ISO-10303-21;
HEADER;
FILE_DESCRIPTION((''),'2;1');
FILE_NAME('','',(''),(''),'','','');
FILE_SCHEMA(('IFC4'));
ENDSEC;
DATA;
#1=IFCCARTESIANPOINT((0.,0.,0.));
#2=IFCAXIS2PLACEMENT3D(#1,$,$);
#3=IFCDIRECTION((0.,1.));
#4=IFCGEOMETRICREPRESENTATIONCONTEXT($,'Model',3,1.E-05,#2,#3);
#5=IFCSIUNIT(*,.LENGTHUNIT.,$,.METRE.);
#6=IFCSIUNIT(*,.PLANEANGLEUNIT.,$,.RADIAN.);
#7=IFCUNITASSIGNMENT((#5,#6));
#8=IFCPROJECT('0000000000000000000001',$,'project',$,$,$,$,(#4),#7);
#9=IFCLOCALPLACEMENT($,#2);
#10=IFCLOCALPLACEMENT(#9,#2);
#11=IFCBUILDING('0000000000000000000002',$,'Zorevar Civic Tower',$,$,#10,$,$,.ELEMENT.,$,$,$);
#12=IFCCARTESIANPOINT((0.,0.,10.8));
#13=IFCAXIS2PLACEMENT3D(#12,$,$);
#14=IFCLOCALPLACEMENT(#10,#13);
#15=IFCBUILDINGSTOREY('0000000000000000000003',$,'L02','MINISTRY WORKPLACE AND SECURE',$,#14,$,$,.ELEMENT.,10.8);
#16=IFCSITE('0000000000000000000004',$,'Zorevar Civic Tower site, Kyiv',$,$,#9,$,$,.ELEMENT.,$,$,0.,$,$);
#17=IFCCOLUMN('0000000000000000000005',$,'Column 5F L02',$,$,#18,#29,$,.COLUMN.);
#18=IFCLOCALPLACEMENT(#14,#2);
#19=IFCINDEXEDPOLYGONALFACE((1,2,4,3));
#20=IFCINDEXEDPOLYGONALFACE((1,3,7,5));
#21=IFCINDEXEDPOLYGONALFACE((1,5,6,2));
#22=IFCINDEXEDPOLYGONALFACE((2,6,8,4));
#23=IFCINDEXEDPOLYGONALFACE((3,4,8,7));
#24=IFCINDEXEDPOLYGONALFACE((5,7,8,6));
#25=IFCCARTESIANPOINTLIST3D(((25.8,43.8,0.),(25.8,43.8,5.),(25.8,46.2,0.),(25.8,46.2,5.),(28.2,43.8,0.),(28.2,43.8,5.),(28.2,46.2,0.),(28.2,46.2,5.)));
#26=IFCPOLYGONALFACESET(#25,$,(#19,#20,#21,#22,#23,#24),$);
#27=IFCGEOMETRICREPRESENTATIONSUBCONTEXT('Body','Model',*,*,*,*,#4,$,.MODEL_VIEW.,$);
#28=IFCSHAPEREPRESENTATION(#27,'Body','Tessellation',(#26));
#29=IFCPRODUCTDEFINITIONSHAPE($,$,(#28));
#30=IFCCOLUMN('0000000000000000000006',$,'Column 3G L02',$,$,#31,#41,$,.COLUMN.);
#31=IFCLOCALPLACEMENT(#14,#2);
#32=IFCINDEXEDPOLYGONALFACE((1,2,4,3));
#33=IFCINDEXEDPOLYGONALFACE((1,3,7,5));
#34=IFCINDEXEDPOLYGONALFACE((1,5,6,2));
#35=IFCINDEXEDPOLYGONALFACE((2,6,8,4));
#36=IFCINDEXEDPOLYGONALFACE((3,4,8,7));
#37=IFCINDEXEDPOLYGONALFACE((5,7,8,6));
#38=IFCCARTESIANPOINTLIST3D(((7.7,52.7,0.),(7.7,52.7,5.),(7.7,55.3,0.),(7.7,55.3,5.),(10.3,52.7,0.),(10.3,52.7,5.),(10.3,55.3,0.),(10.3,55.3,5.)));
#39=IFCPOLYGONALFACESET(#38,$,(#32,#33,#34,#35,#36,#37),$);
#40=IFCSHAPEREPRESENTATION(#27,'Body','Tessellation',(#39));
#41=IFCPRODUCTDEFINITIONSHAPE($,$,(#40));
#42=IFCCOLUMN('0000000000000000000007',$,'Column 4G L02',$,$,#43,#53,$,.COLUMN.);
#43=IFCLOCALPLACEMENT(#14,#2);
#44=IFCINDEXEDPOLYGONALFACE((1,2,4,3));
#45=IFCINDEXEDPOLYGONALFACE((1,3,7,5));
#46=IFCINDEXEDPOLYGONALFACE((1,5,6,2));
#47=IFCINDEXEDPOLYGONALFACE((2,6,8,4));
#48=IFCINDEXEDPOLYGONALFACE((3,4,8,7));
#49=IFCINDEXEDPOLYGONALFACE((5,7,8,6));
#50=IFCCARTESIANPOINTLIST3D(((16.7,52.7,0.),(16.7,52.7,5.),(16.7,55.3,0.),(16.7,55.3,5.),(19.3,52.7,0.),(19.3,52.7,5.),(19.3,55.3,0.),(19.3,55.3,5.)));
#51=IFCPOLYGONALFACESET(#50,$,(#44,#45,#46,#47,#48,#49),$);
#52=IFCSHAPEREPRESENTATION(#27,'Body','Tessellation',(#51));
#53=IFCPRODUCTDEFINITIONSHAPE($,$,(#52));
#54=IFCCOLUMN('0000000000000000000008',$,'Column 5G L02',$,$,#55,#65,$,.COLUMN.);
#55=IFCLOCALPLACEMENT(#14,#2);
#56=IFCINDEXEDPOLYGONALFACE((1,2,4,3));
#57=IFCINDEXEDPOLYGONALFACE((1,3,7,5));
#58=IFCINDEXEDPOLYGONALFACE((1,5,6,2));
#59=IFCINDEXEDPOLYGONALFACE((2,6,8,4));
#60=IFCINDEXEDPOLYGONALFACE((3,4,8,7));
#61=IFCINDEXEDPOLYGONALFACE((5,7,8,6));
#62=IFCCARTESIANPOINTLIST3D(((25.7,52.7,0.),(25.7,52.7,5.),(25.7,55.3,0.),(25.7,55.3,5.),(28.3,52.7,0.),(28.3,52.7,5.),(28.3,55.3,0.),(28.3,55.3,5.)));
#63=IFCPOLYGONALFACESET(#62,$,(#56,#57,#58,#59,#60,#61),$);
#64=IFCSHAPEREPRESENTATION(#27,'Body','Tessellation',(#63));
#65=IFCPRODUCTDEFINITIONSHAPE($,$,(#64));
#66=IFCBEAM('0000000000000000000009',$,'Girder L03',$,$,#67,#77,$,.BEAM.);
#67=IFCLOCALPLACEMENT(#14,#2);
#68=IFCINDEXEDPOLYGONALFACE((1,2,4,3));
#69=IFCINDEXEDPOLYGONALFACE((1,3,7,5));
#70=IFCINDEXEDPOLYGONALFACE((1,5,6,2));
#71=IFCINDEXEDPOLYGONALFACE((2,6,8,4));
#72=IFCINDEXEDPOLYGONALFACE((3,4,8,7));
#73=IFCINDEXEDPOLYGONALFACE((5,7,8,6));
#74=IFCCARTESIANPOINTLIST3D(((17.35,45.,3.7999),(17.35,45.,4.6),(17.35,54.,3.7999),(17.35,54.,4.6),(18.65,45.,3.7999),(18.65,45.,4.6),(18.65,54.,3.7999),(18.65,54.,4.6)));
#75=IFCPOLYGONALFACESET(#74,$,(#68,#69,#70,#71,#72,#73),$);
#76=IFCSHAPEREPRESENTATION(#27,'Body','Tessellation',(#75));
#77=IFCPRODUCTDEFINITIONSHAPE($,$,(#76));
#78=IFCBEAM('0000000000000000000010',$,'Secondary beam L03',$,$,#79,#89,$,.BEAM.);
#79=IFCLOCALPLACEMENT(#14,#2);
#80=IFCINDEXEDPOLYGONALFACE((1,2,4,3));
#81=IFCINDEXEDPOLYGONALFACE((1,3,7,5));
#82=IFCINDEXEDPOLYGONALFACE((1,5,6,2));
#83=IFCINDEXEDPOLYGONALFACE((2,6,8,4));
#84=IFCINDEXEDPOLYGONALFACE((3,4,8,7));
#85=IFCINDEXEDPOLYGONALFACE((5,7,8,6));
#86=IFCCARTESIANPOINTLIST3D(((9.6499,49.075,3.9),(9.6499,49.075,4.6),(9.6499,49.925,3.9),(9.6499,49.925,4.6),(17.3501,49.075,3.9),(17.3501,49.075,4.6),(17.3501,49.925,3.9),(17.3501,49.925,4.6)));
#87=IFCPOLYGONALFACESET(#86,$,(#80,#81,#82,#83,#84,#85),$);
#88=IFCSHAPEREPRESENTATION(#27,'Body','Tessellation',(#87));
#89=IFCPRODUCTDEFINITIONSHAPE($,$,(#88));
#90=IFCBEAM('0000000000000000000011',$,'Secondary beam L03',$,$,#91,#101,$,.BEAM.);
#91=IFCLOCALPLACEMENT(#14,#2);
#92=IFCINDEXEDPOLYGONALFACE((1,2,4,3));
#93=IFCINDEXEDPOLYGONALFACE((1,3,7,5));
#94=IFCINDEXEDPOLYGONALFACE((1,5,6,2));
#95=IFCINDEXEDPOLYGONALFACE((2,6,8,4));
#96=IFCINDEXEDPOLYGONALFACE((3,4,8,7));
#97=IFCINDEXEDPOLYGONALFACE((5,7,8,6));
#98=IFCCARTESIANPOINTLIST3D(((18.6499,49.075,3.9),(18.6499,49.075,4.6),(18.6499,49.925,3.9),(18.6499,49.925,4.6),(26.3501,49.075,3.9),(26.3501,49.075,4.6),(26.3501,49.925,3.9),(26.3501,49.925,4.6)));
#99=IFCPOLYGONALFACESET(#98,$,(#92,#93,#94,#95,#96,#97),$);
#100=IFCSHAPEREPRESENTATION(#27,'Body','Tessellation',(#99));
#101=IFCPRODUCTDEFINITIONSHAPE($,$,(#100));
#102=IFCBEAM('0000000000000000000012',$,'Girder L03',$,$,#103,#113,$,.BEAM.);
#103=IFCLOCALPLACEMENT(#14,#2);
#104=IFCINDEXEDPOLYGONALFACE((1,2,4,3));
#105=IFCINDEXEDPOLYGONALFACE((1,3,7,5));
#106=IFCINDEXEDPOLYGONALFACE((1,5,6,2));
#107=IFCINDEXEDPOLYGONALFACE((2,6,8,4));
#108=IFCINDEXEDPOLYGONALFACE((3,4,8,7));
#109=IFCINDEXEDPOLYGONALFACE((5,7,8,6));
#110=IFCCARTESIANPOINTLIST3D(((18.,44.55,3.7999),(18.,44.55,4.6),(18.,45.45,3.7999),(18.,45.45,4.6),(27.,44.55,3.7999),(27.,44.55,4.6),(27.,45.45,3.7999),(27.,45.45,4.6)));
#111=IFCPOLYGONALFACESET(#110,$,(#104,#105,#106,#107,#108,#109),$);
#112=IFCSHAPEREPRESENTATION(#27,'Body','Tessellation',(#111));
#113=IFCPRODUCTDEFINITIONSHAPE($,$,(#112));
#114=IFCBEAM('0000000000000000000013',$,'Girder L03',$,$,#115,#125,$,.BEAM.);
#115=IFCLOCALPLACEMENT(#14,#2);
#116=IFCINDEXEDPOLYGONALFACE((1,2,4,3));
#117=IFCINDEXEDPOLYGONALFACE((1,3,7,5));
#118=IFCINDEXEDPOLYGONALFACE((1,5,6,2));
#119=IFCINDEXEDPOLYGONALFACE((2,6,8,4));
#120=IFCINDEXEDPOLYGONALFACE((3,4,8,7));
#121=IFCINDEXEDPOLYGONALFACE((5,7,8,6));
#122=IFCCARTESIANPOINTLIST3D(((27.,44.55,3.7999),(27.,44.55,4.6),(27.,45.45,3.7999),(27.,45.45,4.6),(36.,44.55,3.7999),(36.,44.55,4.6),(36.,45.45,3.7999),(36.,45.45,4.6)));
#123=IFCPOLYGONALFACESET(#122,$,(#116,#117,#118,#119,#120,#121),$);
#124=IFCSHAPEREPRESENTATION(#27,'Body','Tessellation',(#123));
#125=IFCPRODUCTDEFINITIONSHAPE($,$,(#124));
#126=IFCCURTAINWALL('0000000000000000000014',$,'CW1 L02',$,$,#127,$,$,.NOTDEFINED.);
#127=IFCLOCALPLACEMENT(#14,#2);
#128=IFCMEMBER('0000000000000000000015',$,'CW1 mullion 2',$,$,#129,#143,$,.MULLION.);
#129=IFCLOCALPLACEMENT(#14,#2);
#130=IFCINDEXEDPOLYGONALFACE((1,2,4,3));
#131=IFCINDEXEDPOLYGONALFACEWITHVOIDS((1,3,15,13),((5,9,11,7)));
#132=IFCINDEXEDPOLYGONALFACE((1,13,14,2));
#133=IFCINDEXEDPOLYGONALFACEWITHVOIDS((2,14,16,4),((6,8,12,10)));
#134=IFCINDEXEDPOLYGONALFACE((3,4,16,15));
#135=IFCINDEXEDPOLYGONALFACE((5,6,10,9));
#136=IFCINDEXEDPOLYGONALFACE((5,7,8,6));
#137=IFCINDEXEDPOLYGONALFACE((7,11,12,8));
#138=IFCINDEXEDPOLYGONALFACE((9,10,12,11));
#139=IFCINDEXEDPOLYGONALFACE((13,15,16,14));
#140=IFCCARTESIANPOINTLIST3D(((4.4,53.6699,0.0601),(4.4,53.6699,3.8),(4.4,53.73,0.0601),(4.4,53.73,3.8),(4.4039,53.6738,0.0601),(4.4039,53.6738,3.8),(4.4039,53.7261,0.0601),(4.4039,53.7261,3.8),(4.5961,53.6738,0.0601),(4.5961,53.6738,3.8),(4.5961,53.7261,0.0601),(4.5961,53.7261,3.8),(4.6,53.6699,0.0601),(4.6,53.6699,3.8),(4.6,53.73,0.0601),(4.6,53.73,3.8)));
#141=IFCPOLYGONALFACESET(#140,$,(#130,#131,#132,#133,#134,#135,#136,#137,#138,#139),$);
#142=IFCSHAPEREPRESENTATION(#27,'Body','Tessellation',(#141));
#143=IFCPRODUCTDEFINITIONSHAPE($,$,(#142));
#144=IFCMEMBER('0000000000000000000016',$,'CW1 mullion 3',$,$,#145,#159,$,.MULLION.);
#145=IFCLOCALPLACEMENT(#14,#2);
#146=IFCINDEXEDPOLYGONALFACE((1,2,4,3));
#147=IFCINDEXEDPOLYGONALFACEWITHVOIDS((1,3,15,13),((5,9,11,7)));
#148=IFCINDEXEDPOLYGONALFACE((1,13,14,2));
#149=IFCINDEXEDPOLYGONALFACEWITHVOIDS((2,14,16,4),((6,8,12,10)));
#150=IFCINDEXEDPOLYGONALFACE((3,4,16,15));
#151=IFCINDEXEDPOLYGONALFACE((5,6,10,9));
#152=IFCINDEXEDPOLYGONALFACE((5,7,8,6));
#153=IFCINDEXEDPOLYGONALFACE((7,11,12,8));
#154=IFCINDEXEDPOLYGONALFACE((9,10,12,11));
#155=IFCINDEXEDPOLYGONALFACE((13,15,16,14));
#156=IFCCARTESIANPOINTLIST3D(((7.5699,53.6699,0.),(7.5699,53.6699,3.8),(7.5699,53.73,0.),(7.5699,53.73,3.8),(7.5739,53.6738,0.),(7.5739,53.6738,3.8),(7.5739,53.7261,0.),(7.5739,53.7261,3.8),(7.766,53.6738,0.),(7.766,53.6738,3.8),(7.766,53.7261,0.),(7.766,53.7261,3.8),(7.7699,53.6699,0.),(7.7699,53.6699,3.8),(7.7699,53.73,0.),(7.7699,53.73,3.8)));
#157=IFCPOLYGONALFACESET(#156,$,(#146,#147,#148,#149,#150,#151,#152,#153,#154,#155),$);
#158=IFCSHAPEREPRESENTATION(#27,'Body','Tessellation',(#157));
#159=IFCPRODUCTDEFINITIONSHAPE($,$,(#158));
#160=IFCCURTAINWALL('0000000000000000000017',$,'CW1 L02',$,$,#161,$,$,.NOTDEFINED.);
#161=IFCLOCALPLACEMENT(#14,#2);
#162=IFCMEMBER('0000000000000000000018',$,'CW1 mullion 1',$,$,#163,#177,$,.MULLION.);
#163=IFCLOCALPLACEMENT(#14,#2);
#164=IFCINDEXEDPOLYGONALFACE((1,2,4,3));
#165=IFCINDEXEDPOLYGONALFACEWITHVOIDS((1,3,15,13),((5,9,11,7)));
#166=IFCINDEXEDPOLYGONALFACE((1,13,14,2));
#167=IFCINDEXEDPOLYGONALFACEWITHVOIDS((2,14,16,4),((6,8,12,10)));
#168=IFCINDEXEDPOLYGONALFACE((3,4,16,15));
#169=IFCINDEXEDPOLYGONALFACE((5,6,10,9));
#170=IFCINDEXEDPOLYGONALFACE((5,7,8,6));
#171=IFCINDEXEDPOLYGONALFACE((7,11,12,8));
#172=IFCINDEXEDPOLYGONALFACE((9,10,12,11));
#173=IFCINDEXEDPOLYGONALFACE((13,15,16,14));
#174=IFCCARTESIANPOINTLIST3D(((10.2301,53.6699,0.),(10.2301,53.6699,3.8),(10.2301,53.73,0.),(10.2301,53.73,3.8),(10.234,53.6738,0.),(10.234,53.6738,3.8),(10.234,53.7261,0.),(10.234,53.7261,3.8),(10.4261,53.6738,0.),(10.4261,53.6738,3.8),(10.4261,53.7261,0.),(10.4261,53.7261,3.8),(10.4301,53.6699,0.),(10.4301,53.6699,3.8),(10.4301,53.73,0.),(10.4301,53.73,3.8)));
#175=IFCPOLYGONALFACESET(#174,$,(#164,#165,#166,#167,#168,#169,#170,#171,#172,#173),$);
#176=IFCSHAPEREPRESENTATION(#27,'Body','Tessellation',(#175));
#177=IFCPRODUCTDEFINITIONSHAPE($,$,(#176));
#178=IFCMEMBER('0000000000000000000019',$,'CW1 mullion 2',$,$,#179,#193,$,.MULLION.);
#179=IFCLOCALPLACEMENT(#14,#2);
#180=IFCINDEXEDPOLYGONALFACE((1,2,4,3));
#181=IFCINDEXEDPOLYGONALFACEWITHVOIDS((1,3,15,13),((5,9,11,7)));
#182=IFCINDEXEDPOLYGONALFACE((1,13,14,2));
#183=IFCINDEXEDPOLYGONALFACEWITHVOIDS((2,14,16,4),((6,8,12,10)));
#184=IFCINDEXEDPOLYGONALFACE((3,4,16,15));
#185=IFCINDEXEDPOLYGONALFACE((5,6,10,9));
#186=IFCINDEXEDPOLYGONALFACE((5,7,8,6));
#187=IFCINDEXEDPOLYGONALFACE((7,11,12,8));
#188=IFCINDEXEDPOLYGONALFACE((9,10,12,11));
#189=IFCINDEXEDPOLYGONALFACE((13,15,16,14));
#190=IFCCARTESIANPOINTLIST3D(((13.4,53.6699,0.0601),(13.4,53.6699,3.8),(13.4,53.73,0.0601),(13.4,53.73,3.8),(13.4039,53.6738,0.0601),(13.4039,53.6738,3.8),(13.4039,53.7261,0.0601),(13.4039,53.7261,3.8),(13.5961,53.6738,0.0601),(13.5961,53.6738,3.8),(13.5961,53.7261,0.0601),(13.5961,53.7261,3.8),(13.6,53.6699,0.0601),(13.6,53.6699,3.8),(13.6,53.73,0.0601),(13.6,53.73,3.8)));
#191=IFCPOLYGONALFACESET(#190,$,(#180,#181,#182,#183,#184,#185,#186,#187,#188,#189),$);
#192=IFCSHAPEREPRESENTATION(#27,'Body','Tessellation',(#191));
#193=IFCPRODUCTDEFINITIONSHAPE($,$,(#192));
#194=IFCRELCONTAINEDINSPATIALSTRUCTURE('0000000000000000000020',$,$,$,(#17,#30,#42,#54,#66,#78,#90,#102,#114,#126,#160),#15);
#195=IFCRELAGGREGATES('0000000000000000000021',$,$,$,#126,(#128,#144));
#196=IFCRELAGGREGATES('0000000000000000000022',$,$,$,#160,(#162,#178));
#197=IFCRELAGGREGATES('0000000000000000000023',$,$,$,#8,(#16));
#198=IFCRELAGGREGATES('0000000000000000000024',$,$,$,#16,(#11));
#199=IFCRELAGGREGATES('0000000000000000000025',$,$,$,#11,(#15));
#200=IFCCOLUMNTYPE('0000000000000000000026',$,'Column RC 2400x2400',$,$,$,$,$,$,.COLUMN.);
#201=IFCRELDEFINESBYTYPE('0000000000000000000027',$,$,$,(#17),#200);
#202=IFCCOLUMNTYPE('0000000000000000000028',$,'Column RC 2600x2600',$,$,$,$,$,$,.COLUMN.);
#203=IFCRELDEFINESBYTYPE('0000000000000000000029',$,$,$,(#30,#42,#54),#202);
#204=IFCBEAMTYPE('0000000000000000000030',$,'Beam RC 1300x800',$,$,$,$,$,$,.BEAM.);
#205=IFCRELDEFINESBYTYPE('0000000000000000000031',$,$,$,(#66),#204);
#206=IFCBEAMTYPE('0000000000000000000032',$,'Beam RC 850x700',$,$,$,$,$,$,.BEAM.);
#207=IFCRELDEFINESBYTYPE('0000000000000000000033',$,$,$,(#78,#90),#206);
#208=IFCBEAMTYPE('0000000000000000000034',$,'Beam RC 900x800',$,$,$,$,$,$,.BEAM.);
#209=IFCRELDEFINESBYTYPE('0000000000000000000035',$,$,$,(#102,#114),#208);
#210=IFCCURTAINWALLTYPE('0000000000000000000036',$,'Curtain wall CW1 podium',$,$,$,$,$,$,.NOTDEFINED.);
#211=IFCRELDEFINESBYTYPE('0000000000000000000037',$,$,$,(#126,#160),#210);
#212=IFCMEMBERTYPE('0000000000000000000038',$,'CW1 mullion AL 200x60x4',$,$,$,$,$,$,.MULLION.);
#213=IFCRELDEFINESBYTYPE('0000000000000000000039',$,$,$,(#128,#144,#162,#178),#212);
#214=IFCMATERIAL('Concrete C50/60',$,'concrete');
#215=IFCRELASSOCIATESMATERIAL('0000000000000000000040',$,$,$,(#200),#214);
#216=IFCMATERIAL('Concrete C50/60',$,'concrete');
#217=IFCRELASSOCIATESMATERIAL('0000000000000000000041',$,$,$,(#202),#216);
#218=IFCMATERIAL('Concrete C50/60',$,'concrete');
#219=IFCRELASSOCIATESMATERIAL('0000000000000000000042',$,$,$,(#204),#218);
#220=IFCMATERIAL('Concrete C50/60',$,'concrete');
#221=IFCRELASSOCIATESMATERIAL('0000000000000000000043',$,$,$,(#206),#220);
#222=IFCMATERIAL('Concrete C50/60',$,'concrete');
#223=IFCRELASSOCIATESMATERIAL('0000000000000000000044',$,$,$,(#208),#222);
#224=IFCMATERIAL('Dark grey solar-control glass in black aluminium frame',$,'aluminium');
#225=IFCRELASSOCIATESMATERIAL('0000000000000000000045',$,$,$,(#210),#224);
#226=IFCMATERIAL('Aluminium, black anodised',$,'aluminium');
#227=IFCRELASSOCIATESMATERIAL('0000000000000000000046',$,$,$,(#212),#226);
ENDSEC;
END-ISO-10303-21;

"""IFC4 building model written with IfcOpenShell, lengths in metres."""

from ifc_helpers import new_model, si_unit, direction, frame, origin, origin_2d, place, context, subcontext, project, spatial, rectangle, hollow_rectangle, extrude, material, material_profile, profile_set, type_object, element, aggregate, save


model = new_model("IFC4")

# Units and contexts
model_context = context("Model", 3, precision=1e-05, world=origin(), true_north=direction((0.0, 1.0)))
body_context = subcontext(model_context, "Body", "Model", "MODEL_VIEW")
ifc_project = project(units=[si_unit("LENGTHUNIT", "METRE"), si_unit("PLANEANGLEUNIT", "RADIAN")], contexts=[model_context])

# Site, building, storey
site_placement = place(None, origin())
site = spatial("IfcSite", under=ifc_project, at=site_placement, Name="Zorevar Civic Tower site, Kyiv", CompositionType="ELEMENT", RefElevation=0.0)
building_placement = place(site_placement, origin())
building = spatial("IfcBuilding", under=site, at=building_placement, Name="Zorevar Civic Tower", CompositionType="ELEMENT")
storey_placement = place(building_placement, frame((0.0, 0.0, 10.8)))
storey = spatial("IfcBuildingStorey", under=building, at=storey_placement, Name="L02", Description="MINISTRY WORKPLACE AND SECURE", CompositionType="ELEMENT", Elevation=10.8)

# Columns
ifc_material_1 = material(Name="Concrete C50/60", Category="concrete")
ifc_material_profile_1 = material_profile(ifc_material_1, rectangle(XDim=2.3999, YDim=2.3999, at=origin_2d()), Name="RC 2400x2400")
ifc_profile_set_1 = profile_set([ifc_material_profile_1], Name="Concrete C50/60")
column_type_1 = type_object("IfcColumnType", Name="Column RC 2400x2400", PredefinedType="COLUMN", material=ifc_profile_set_1)
column_placement = place(storey_placement, frame((27.0, 45.0, 0.0), z_axis=(0.0, 0.0, 1.0), x_axis=(1.0, 0.0, 0.0)))
element("IfcColumn", 1, at=column_placement, inside=storey, type_object=column_type_1, Name="Column 5F L02", PredefinedType="COLUMN", context=body_context, shape_type="SweptSolid", body=[
    extrude(rectangle(XDim=2.3999, YDim=2.3999, at=origin_2d()), origin(), (0.0, 0.0, 1.0), 5.0),
])
ifc_material_2 = material(Name="Concrete C50/60", Category="concrete")
ifc_material_profile_2 = material_profile(ifc_material_2, rectangle(XDim=2.6001, YDim=2.6001, at=origin_2d()), Name="RC 2600x2600")
ifc_profile_set_2 = profile_set([ifc_material_profile_2], Name="Concrete C50/60")
column_type_2 = type_object("IfcColumnType", Name="Column RC 2600x2600", PredefinedType="COLUMN", material=ifc_profile_set_2)
for number, where, z_axis, x_axis, name in (
    (2, (9.0, 54.0, 0.0), (0.0, 0.0, 1.0), (1.0, 0.0, 0.0), "Column 3G L02"),
    (3, (18.0, 54.0, 0.0), (0.0, 0.0, 1.0), (1.0, 0.0, 0.0), "Column 4G L02"),
    (4, (27.0, 54.0, 0.0), (0.0, 0.0, 1.0), (1.0, 0.0, 0.0), "Column 5G L02"),
):
    element("IfcColumn", number, at=place(storey_placement, frame(where, z_axis=z_axis, x_axis=x_axis)), inside=storey, type_object=column_type_2, Name=name, PredefinedType="COLUMN", context=body_context, shape_type="SweptSolid", body=[
        extrude(rectangle(XDim=2.6001, YDim=2.6001, at=origin_2d()), origin(), (0.0, 0.0, 1.0), 5.0),
    ])

# Beams
ifc_material_3 = material(Name="Concrete C50/60", Category="concrete")
ifc_material_profile_3 = material_profile(ifc_material_3, rectangle(XDim=1.3, YDim=0.8, at=origin_2d()), Name="RC 1300x800")
ifc_profile_set_3 = profile_set([ifc_material_profile_3], Name="Concrete C50/60")
beam_type_1 = type_object("IfcBeamType", Name="Beam RC 1300x800", PredefinedType="BEAM", material=ifc_profile_set_3)
beam_placement = place(storey_placement, frame((18.0, 45.0, 4.2), z_axis=(0.0, 1.0, 0.0), x_axis=(-1.0, 0.0, 0.0)))
element("IfcBeam", 5, at=beam_placement, inside=storey, type_object=beam_type_1, Name="Girder L03", PredefinedType="BEAM", context=body_context, shape_type="SweptSolid", body=[
    extrude(rectangle(XDim=1.3, YDim=0.8, at=origin_2d()), origin(), (0.0, 0.0, 1.0), 9.0),
])
ifc_material_4 = material(Name="Concrete C50/60", Category="concrete")
ifc_material_profile_4 = material_profile(ifc_material_4, rectangle(XDim=0.8501, YDim=0.7, at=origin_2d()), Name="RC 850x700")
ifc_profile_set_4 = profile_set([ifc_material_profile_4], Name="Concrete C50/60")
beam_type_2 = type_object("IfcBeamType", Name="Beam RC 850x700", PredefinedType="BEAM", material=ifc_profile_set_4)
for number, where, z_axis, x_axis, name in (
    (6, (9.6499, 49.5, 4.25), (1.0, 0.0, 0.0), (0.0, 1.0, 0.0), "Secondary beam L03"),
    (7, (18.6499, 49.5, 4.25), (1.0, 0.0, 0.0), (0.0, 1.0, 0.0), "Secondary beam L03"),
):
    element("IfcBeam", number, at=place(storey_placement, frame(where, z_axis=z_axis, x_axis=x_axis)), inside=storey, type_object=beam_type_2, Name=name, PredefinedType="BEAM", context=body_context, shape_type="SweptSolid", body=[
        extrude(rectangle(XDim=0.8501, YDim=0.7, at=origin_2d()), origin(), (0.0, 0.0, 1.0), 7.7002),
    ])
ifc_material_5 = material(Name="Concrete C50/60", Category="concrete")
ifc_material_profile_5 = material_profile(ifc_material_5, rectangle(XDim=0.8999, YDim=0.8, at=origin_2d()), Name="RC 900x800")
ifc_profile_set_5 = profile_set([ifc_material_profile_5], Name="Concrete C50/60")
beam_type_3 = type_object("IfcBeamType", Name="Beam RC 900x800", PredefinedType="BEAM", material=ifc_profile_set_5)
for number, where, z_axis, x_axis, name in (
    (8, (18.0, 45.0, 4.2), (1.0, 0.0, 0.0), (0.0, 1.0, 0.0), "Girder L03"),
    (9, (27.0, 45.0, 4.2), (1.0, 0.0, 0.0), (0.0, 1.0, 0.0), "Girder L03"),
):
    element("IfcBeam", number, at=place(storey_placement, frame(where, z_axis=z_axis, x_axis=x_axis)), inside=storey, type_object=beam_type_3, Name=name, PredefinedType="BEAM", context=body_context, shape_type="SweptSolid", body=[
        extrude(rectangle(XDim=0.8999, YDim=0.8, at=origin_2d()), origin(), (0.0, 0.0, 1.0), 9.0),
    ])

# Curtain walls, members
ifc_material_6 = material(Name="Dark grey solar-control glass in black aluminium frame", Category="aluminium")
curtain_wall_type = type_object("IfcCurtainWallType", Name="Curtain wall CW1 podium", PredefinedType="NOTDEFINED", material=ifc_material_6)
curtain_wall_1_placement = place(storey_placement, origin())
curtain_wall_1 = element("IfcCurtainWall", 10, at=curtain_wall_1_placement, inside=storey, type_object=curtain_wall_type, Name="CW1 L02", PredefinedType="NOTDEFINED")
ifc_material_7 = material(Name="Aluminium, black anodised", Category="aluminium")
ifc_material_profile_6 = material_profile(ifc_material_7, hollow_rectangle(XDim=0.0601, YDim=0.2, WallThickness=0.0039, at=origin_2d()), Name="AL 200x60x4")
ifc_profile_set_6 = profile_set([ifc_material_profile_6], Name="Aluminium, black anodised")
member_type_1 = type_object("IfcMemberType", Name="CW1 mullion AL 200x60x4", PredefinedType="MULLION", material=ifc_profile_set_6)
member_1_placement = place(storey_placement, frame((4.5, 53.7, 0.0601), z_axis=(0.0, 0.0, 1.0), x_axis=(0.0, 1.0, 0.0)))
member_1 = element("IfcMember", 11, at=member_1_placement, type_object=member_type_1, Name="CW1 mullion 2", PredefinedType="MULLION", context=body_context, shape_type="SweptSolid", body=[
    extrude(hollow_rectangle(XDim=0.0601, YDim=0.2, WallThickness=0.0039, at=origin_2d()), origin(), (0.0, 0.0, 1.0), 3.74),
])
member_2_placement = place(storey_placement, frame((7.6699, 53.7, 0.0), z_axis=(0.0, 0.0, 1.0), x_axis=(0.0, 1.0, 0.0)))
member_2 = element("IfcMember", 12, at=member_2_placement, type_object=member_type_1, Name="CW1 mullion 3", PredefinedType="MULLION", context=body_context, shape_type="SweptSolid", body=[
    extrude(hollow_rectangle(XDim=0.0601, YDim=0.2, WallThickness=0.0039, at=origin_2d()), origin(), (0.0, 0.0, 1.0), 3.8),
])
curtain_wall_2_placement = place(storey_placement, origin())
curtain_wall_2 = element("IfcCurtainWall", 13, at=curtain_wall_2_placement, inside=storey, type_object=curtain_wall_type, Name="CW1 L02", PredefinedType="NOTDEFINED")
member_3_placement = place(storey_placement, frame((10.3301, 53.7, 0.0), z_axis=(0.0, 0.0, 1.0), x_axis=(0.0, 1.0, 0.0)))
member_3 = element("IfcMember", 14, at=member_3_placement, type_object=member_type_1, Name="CW1 mullion 1", PredefinedType="MULLION", context=body_context, shape_type="SweptSolid", body=[
    extrude(hollow_rectangle(XDim=0.0601, YDim=0.2, WallThickness=0.0039, at=origin_2d()), origin(), (0.0, 0.0, 1.0), 3.8),
])
member_4_placement = place(storey_placement, frame((13.5, 53.7, 0.0601), z_axis=(0.0, 0.0, 1.0), x_axis=(0.0, 1.0, 0.0)))
member_4 = element("IfcMember", 15, at=member_4_placement, type_object=member_type_1, Name="CW1 mullion 2", PredefinedType="MULLION", context=body_context, shape_type="SweptSolid", body=[
    extrude(hollow_rectangle(XDim=0.0601, YDim=0.2, WallThickness=0.0039, at=origin_2d()), origin(), (0.0, 0.0, 1.0), 3.74),
])

aggregate(curtain_wall_1, [member_1, member_2])
aggregate(curtain_wall_2, [member_3, member_4])

save(model, "model.ifc")
